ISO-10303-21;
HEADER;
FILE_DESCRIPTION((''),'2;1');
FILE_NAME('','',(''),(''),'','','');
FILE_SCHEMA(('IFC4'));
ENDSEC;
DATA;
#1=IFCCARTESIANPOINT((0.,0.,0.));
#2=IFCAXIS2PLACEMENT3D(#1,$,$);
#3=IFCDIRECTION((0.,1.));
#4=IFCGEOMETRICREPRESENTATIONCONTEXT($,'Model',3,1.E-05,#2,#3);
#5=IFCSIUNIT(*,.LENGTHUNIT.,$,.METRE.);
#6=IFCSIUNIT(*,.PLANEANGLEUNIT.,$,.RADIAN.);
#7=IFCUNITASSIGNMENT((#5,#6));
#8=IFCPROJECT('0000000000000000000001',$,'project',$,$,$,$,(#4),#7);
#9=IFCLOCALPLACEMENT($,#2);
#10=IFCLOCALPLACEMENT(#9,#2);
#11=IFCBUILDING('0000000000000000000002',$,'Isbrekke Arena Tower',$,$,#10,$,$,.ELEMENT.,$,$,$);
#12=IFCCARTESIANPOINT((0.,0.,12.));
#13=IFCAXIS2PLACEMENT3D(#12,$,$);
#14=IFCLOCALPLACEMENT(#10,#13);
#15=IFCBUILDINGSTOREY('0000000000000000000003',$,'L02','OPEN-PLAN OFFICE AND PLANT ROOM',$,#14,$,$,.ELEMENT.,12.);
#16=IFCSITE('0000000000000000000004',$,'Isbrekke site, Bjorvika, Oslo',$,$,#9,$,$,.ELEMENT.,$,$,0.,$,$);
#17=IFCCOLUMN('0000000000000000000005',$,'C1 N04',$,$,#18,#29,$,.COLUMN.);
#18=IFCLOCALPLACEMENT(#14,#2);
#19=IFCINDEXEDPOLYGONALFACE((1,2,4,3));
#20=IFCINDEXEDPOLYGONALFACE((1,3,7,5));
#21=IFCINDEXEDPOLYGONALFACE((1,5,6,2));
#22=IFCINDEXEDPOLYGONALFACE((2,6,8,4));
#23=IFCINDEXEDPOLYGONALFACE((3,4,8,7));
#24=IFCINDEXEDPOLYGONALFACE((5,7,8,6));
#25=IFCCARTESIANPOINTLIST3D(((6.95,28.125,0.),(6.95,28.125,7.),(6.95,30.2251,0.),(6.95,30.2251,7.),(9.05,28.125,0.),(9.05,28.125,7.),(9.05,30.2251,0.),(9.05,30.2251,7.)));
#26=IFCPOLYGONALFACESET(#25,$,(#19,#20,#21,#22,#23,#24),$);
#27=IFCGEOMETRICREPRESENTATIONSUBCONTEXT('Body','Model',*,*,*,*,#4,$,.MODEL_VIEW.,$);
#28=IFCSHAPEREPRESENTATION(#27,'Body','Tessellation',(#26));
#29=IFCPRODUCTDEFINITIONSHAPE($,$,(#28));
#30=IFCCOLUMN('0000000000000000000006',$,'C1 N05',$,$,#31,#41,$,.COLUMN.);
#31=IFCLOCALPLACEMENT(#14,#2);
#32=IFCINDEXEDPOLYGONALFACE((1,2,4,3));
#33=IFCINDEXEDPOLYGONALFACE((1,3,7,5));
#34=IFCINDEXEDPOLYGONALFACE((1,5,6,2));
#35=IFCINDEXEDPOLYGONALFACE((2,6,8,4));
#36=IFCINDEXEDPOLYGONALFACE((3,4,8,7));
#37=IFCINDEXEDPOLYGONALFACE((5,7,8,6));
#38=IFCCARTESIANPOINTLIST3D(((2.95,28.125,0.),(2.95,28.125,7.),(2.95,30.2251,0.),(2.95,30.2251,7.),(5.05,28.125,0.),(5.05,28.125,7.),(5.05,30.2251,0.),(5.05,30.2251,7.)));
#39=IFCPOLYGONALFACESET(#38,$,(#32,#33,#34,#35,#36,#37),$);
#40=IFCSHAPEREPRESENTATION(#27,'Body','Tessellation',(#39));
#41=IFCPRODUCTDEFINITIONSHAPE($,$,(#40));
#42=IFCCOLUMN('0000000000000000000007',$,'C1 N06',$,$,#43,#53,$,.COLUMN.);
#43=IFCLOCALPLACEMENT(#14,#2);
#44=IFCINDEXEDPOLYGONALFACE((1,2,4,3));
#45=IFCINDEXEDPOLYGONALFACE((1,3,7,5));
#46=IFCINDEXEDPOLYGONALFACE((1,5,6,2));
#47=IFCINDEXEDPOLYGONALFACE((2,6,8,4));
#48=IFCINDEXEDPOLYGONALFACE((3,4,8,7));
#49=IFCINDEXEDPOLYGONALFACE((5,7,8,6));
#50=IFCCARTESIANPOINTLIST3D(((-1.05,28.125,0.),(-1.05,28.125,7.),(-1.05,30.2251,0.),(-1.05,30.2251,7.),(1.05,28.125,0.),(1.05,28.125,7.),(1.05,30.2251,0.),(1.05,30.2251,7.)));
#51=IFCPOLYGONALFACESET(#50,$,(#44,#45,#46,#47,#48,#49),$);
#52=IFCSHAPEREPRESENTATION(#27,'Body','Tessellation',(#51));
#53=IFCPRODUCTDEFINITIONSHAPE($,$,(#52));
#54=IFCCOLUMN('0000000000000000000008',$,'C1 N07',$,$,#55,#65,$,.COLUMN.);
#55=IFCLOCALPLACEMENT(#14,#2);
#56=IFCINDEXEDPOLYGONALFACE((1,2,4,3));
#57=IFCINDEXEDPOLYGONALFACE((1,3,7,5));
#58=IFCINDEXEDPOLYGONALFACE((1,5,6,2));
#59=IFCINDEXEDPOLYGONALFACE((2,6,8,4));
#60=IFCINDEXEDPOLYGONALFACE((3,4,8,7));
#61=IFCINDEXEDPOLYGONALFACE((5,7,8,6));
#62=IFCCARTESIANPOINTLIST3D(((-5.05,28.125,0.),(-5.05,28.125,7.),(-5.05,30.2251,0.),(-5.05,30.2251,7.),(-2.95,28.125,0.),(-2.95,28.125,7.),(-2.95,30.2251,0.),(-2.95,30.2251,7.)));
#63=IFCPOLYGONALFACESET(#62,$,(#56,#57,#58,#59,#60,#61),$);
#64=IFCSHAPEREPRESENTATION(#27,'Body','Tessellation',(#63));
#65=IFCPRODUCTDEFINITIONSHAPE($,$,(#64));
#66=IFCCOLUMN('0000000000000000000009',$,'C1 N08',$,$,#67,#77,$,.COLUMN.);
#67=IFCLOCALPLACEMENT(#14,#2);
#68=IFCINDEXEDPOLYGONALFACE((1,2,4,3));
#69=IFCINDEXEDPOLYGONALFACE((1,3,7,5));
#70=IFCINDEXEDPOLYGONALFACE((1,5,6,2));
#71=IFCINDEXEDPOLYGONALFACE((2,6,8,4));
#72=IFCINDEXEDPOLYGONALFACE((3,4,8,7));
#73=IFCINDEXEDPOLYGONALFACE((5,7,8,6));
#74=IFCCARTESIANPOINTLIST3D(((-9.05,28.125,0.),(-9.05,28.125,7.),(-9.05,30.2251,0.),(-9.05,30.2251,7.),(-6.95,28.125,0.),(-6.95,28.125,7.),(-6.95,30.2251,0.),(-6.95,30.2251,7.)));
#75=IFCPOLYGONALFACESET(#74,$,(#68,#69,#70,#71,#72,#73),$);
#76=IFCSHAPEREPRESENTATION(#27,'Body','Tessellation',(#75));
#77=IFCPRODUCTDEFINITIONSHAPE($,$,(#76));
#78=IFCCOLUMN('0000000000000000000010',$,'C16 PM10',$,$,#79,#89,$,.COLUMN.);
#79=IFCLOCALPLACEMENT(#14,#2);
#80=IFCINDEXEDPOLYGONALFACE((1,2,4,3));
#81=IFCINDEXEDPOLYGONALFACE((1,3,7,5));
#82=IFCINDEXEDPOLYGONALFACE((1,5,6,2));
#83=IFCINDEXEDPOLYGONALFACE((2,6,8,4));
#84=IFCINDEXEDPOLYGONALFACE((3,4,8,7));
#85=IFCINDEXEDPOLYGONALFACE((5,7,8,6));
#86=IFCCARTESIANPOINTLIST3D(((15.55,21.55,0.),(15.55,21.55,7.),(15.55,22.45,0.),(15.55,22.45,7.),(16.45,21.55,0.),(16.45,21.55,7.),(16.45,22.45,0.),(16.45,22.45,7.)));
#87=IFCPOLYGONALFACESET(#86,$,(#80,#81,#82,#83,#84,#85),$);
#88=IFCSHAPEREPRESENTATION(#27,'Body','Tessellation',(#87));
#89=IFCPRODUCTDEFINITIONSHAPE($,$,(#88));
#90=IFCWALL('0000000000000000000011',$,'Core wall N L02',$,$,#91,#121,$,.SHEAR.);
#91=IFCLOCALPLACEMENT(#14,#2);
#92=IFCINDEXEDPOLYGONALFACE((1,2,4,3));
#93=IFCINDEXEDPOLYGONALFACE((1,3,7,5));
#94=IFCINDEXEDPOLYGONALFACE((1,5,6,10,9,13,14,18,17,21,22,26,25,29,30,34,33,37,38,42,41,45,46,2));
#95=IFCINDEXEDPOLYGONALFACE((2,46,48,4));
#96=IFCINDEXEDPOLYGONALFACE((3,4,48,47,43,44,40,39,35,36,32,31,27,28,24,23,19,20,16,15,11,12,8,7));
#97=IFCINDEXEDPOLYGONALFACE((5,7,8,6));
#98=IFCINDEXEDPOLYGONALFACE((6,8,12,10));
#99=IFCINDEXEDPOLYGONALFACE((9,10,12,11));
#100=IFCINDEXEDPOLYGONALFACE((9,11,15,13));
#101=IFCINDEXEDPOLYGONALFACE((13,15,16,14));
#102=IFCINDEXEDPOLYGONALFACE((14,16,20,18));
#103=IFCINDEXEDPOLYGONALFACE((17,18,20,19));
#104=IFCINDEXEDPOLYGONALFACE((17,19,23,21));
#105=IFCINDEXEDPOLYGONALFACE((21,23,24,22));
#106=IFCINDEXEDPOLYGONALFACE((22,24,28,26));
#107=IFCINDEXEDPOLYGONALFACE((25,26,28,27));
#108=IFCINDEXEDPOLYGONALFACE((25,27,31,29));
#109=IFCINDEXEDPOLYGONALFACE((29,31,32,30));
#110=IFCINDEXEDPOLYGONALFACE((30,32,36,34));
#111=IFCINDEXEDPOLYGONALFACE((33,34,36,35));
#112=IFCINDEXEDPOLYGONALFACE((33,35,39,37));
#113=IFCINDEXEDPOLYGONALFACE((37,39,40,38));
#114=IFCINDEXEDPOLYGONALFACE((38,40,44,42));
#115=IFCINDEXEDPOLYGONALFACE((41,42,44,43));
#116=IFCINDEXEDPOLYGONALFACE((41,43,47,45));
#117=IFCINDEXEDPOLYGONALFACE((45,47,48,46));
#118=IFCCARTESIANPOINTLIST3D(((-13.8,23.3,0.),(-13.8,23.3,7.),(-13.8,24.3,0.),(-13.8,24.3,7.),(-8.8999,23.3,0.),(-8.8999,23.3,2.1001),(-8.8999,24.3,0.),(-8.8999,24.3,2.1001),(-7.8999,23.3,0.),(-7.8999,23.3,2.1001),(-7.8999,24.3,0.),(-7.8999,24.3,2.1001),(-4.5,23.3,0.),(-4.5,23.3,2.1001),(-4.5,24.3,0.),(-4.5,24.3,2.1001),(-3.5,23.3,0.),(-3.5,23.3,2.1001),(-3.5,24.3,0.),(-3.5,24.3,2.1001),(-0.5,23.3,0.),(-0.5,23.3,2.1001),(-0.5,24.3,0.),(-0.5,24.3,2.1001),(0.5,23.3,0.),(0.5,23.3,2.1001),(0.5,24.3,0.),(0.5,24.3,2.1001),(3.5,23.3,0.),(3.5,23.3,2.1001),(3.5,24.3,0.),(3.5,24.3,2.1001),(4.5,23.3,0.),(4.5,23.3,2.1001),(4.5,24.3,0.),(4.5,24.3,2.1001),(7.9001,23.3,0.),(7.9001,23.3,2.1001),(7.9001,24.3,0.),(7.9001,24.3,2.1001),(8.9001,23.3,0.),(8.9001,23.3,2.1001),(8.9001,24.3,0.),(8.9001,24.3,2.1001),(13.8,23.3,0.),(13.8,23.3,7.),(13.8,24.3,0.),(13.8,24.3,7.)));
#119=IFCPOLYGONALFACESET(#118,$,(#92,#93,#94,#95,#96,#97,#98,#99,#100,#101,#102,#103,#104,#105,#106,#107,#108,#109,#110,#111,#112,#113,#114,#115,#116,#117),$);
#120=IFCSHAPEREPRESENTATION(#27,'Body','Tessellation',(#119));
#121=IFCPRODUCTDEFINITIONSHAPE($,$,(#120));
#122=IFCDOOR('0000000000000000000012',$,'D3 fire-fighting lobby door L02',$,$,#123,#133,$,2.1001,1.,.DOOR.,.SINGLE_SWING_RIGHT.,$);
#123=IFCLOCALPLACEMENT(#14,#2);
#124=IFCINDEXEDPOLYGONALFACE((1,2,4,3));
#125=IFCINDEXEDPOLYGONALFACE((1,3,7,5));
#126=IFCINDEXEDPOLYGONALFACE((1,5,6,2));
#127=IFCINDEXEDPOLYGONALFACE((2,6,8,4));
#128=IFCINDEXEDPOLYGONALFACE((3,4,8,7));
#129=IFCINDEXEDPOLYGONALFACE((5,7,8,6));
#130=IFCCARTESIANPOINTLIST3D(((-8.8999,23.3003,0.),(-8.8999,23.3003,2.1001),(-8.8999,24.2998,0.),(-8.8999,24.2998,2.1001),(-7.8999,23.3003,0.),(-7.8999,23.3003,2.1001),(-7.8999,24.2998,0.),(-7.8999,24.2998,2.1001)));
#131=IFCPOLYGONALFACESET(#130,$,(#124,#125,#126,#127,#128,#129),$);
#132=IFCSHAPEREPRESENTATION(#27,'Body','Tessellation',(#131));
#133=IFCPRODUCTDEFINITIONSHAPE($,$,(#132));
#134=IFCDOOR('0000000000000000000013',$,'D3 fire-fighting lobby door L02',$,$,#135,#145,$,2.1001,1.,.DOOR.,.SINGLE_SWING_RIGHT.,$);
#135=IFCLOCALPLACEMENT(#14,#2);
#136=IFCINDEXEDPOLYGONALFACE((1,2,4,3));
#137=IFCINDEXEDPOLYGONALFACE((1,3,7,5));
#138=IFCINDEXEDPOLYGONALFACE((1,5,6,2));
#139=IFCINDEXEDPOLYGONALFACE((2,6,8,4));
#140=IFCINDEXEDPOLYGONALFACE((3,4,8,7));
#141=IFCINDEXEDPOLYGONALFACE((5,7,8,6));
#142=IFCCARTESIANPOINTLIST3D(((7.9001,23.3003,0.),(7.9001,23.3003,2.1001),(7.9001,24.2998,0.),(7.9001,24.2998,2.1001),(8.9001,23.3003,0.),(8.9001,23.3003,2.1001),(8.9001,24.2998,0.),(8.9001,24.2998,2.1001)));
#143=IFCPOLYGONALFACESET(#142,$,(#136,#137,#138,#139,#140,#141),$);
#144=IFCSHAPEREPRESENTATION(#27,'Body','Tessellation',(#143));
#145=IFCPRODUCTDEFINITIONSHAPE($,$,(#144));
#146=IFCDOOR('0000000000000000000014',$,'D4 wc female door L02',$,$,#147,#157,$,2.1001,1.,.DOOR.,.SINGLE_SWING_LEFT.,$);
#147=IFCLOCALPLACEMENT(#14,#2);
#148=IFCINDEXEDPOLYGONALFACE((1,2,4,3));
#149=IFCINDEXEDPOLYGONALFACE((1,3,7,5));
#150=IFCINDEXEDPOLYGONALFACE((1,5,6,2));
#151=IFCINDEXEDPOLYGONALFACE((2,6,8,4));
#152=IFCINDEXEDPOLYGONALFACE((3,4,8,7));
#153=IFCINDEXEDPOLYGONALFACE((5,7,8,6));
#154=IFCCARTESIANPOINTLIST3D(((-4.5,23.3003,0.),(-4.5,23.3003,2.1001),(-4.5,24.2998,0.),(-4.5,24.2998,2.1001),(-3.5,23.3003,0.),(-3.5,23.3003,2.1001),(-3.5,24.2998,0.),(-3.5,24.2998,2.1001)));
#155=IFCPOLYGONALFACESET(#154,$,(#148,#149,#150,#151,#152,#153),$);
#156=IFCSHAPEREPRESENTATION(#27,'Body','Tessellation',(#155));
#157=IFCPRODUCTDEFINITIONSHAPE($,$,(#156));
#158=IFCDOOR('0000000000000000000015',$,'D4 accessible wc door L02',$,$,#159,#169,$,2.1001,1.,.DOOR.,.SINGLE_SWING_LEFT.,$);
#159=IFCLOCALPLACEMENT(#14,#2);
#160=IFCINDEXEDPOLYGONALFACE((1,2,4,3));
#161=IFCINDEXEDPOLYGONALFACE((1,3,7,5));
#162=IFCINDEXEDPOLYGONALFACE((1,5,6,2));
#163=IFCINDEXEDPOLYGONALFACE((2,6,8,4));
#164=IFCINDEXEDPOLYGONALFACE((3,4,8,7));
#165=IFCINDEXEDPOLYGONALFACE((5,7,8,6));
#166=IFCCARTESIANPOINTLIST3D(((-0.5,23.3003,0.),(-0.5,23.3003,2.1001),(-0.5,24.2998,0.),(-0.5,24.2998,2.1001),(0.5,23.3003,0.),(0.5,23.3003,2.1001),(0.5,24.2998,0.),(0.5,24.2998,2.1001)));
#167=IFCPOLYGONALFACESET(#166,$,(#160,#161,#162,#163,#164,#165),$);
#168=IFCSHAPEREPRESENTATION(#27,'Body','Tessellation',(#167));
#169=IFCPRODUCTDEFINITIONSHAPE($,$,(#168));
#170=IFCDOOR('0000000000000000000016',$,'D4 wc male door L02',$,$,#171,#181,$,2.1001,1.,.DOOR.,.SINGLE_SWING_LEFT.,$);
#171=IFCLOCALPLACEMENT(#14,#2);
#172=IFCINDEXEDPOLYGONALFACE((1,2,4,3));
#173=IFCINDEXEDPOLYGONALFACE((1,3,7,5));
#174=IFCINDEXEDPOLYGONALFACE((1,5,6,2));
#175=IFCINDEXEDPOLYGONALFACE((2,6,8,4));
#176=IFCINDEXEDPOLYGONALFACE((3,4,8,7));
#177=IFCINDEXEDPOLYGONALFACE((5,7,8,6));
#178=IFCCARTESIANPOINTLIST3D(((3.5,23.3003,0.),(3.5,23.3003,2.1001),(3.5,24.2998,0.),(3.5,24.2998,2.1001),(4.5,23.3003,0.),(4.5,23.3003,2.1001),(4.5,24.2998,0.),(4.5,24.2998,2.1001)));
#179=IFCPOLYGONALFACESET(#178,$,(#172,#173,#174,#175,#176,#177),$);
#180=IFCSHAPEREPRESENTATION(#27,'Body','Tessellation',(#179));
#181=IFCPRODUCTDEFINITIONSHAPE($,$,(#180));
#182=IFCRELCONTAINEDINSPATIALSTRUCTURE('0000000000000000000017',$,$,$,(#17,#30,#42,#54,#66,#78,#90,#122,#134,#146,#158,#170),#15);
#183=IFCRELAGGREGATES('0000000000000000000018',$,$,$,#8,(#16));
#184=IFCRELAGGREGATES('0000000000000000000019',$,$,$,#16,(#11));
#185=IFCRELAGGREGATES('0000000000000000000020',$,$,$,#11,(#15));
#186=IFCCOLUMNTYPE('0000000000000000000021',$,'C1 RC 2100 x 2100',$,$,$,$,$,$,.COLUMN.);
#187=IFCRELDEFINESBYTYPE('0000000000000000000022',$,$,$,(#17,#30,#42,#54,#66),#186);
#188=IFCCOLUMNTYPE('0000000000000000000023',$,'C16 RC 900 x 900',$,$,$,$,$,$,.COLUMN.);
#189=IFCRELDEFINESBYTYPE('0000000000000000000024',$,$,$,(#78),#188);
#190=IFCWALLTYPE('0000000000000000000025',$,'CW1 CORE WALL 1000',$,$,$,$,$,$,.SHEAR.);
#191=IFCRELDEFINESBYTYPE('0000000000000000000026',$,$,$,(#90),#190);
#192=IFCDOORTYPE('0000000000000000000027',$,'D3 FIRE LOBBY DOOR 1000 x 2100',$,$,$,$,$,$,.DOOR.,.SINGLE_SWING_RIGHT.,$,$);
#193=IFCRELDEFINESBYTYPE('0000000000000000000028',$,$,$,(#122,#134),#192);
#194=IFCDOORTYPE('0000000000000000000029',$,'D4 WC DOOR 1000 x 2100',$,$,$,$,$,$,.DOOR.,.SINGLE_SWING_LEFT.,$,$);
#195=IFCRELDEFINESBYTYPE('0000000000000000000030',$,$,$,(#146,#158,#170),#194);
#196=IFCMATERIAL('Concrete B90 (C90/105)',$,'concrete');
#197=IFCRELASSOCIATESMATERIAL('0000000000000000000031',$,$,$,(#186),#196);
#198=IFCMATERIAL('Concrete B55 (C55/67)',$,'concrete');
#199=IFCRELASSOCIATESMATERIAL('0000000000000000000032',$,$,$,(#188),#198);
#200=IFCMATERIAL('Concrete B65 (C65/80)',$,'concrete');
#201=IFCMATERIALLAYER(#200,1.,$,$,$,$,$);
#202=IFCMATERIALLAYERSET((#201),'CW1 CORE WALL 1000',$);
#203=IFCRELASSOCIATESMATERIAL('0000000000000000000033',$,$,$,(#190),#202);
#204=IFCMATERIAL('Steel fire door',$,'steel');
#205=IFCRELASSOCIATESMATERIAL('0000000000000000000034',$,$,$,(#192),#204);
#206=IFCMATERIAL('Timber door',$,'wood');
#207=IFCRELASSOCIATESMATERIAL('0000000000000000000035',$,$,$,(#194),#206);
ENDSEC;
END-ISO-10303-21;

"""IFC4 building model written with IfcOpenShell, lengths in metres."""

from ifc_helpers import new_model, si_unit, direction, frame, frame_2d, origin, origin_2d, place, context, subcontext, project, spatial, rectangle, extrude, material, layer, layer_set, material_profile, profile_set, type_object, element, fill, save


model = new_model("IFC4")

# Units and contexts
model_context = context("Model", 3, precision=1e-05, world=origin(), true_north=direction((0.0, 1.0)))
body_context = subcontext(model_context, "Body", "Model", "MODEL_VIEW")
ifc_project = project(units=[si_unit("LENGTHUNIT", "METRE"), si_unit("PLANEANGLEUNIT", "RADIAN")], contexts=[model_context])

# Site, building, storey
site_placement = place(None, origin())
site = spatial("IfcSite", under=ifc_project, at=site_placement, Name="Isbrekke site, Bjorvika, Oslo", CompositionType="ELEMENT", RefElevation=0.0)
building_placement = place(site_placement, origin())
building = spatial("IfcBuilding", under=site, at=building_placement, Name="Isbrekke Arena Tower", CompositionType="ELEMENT")
storey_placement = place(building_placement, frame((0.0, 0.0, 12.0)))
storey = spatial("IfcBuildingStorey", under=building, at=storey_placement, Name="L02", Description="OPEN-PLAN OFFICE AND PLANT ROOM", CompositionType="ELEMENT", Elevation=12.0)

# Columns
ifc_material_1 = material(Name="Concrete B90 (C90/105)", Category="concrete")
ifc_material_profile_1 = material_profile(ifc_material_1, rectangle(XDim=2.1001, YDim=2.1001, at=origin_2d()), Name="RC 2100x2100")
ifc_profile_set_1 = profile_set([ifc_material_profile_1], Name="Concrete B90 (C90/105)")
column_type_1 = type_object("IfcColumnType", Name="C1 RC 2100 x 2100", PredefinedType="COLUMN", material=ifc_profile_set_1)
for number, where, z_axis, x_axis, name in (
    (1, (8.0, 29.175, 0.0), (0.0, 0.0, 1.0), (-1.0, 0.0, 0.0), "C1 N04"),
    (2, (4.0, 29.175, 0.0), (0.0, 0.0, 1.0), (-1.0, 0.0, 0.0), "C1 N05"),
    (3, (0.0, 29.175, 0.0), (0.0, 0.0, 1.0), (-1.0, 0.0, 0.0), "C1 N06"),
    (4, (-4.0, 29.175, 0.0), (0.0, 0.0, 1.0), (-1.0, 0.0, 0.0), "C1 N07"),
    (5, (-8.0, 29.175, 0.0), (0.0, 0.0, 1.0), (-1.0, 0.0, 0.0), "C1 N08"),
):
    element("IfcColumn", number, at=place(storey_placement, frame(where, z_axis=z_axis, x_axis=x_axis)), inside=storey, type_object=column_type_1, Name=name, PredefinedType="COLUMN", context=body_context, shape_type="SweptSolid", body=[
        extrude(rectangle(XDim=2.1001, YDim=2.1001, at=origin_2d()), origin(), (0.0, 0.0, 1.0), 7.0),
    ])
ifc_material_2 = material(Name="Concrete B55 (C55/67)", Category="concrete")
ifc_material_profile_2 = material_profile(ifc_material_2, rectangle(XDim=0.8999, YDim=0.8999, at=origin_2d()), Name="RC 900x900")
ifc_profile_set_2 = profile_set([ifc_material_profile_2], Name="Concrete B55 (C55/67)")
column_type_2 = type_object("IfcColumnType", Name="C16 RC 900 x 900", PredefinedType="COLUMN", material=ifc_profile_set_2)
column_placement = place(storey_placement, frame((16.0, 22.0, 0.0), z_axis=(0.0, 0.0, 1.0), x_axis=(1.0, 0.0, 0.0)))
element("IfcColumn", 6, at=column_placement, inside=storey, type_object=column_type_2, Name="C16 PM10", PredefinedType="COLUMN", context=body_context, shape_type="SweptSolid", body=[
    extrude(rectangle(XDim=0.8999, YDim=0.8999, at=origin_2d()), origin(), (0.0, 0.0, 1.0), 7.0),
])

# Wall, openings, doors
ifc_material_3 = material(Name="Concrete B65 (C65/80)", Category="concrete")
ifc_layer_1 = layer(ifc_material_3, 1.0)
ifc_layer_set_1 = layer_set([ifc_layer_1], Name="CW1 CORE WALL 1000")
wall_type_1 = type_object("IfcWallType", Name="CW1 CORE WALL 1000", PredefinedType="SHEAR", material=ifc_layer_set_1)
wall_1_placement = place(storey_placement, frame((13.8, 23.8, 0.0), z_axis=(0.0, 0.0, 1.0), x_axis=(-1.0, 0.0, 0.0)))
wall_1 = element("IfcWall", 7, at=wall_1_placement, inside=storey, type_object=wall_type_1, Name="Core wall N L02", PredefinedType="SHEAR", context=body_context, shape_type="SweptSolid", body=[
    extrude(rectangle(XDim=27.6001, YDim=1.0, at=frame_2d((13.8, 0.0))), origin(), (0.0, 0.0, 1.0), 7.0),
])
opening_1_placement = place(wall_1_placement, frame((21.7, 0.0, 0.0)))
opening_1 = element("IfcOpeningElement", 8, at=opening_1_placement, cuts=wall_1, PredefinedType="OPENING", context=body_context, shape_type="SweptSolid", body=[
    extrude(rectangle(XDim=1.0, YDim=2.1001, at=frame_2d((0.5, 1.05))), frame((0.0, 0.5149, 0.0), z_axis=(0.0, -1.0, 0.0), x_axis=(1.0, 0.0, 0.0)), (0.0, 0.0, 1.0), 1.0298),
])
opening_2_placement = place(wall_1_placement, frame((4.8999, 0.0, 0.0)))
opening_2 = element("IfcOpeningElement", 9, at=opening_2_placement, cuts=wall_1, PredefinedType="OPENING", context=body_context, shape_type="SweptSolid", body=[
    extrude(rectangle(XDim=1.0, YDim=2.1001, at=frame_2d((0.5, 1.05))), frame((0.0, 0.5149, 0.0), z_axis=(0.0, -1.0, 0.0), x_axis=(1.0, 0.0, 0.0)), (0.0, 0.0, 1.0), 1.0298),
])
opening_3_placement = place(wall_1_placement, frame((17.3, 0.0, 0.0)))
opening_3 = element("IfcOpeningElement", 10, at=opening_3_placement, cuts=wall_1, PredefinedType="OPENING", context=body_context, shape_type="SweptSolid", body=[
    extrude(rectangle(XDim=1.0, YDim=2.1001, at=frame_2d((0.5, 1.05))), frame((0.0, 0.5149, 0.0), z_axis=(0.0, -1.0, 0.0), x_axis=(1.0, 0.0, 0.0)), (0.0, 0.0, 1.0), 1.0298),
])
opening_4_placement = place(wall_1_placement, frame((13.3, 0.0, 0.0)))
opening_4 = element("IfcOpeningElement", 11, at=opening_4_placement, cuts=wall_1, PredefinedType="OPENING", context=body_context, shape_type="SweptSolid", body=[
    extrude(rectangle(XDim=1.0, YDim=2.1001, at=frame_2d((0.5, 1.05))), frame((0.0, 0.5149, 0.0), z_axis=(0.0, -1.0, 0.0), x_axis=(1.0, 0.0, 0.0)), (0.0, 0.0, 1.0), 1.0298),
])
opening_5_placement = place(wall_1_placement, frame((9.3, 0.0, 0.0)))
opening_5 = element("IfcOpeningElement", 12, at=opening_5_placement, cuts=wall_1, PredefinedType="OPENING", context=body_context, shape_type="SweptSolid", body=[
    extrude(rectangle(XDim=1.0, YDim=2.1001, at=frame_2d((0.5, 1.05))), frame((0.0, 0.5149, 0.0), z_axis=(0.0, -1.0, 0.0), x_axis=(1.0, 0.0, 0.0)), (0.0, 0.0, 1.0), 1.0298),
])
ifc_material_4 = material(Name="Steel fire door", Category="steel")
door_type_1 = type_object("IfcDoorType", Name="D3 FIRE LOBBY DOOR 1000 x 2100", OperationType="SINGLE_SWING_RIGHT", PredefinedType="DOOR", material=ifc_material_4)
door_1_placement = place(opening_1_placement, origin())
door_1 = element("IfcDoor", 13, at=door_1_placement, inside=storey, type_object=door_type_1, Name="D3 fire-fighting lobby door L02", OperationType="SINGLE_SWING_RIGHT", OverallHeight=2.1001, OverallWidth=1.0, PredefinedType="DOOR", context=body_context, shape_type="SweptSolid", body=[
    extrude(rectangle(XDim=1.0, YDim=2.1001, at=frame_2d((0.5, 1.05))), frame((0.0, 0.4998, 0.0), z_axis=(0.0, -1.0, 0.0), x_axis=(1.0, 0.0, 0.0)), (0.0, 0.0, 1.0), 0.9995),
])
fill(opening_1, door_1)
door_2_placement = place(opening_2_placement, origin())
door_2 = element("IfcDoor", 14, at=door_2_placement, inside=storey, type_object=door_type_1, Name="D3 fire-fighting lobby door L02", OperationType="SINGLE_SWING_RIGHT", OverallHeight=2.1001, OverallWidth=1.0, PredefinedType="DOOR", context=body_context, shape_type="SweptSolid", body=[
    extrude(rectangle(XDim=1.0, YDim=2.1001, at=frame_2d((0.5, 1.05))), frame((0.0, 0.4998, 0.0), z_axis=(0.0, -1.0, 0.0), x_axis=(1.0, 0.0, 0.0)), (0.0, 0.0, 1.0), 0.9995),
])
fill(opening_2, door_2)
ifc_material_5 = material(Name="Timber door", Category="wood")
door_type_2 = type_object("IfcDoorType", Name="D4 WC DOOR 1000 x 2100", OperationType="SINGLE_SWING_LEFT", PredefinedType="DOOR", material=ifc_material_5)
door_3_placement = place(opening_3_placement, origin())
door_3 = element("IfcDoor", 15, at=door_3_placement, inside=storey, type_object=door_type_2, Name="D4 wc female door L02", OperationType="SINGLE_SWING_LEFT", OverallHeight=2.1001, OverallWidth=1.0, PredefinedType="DOOR", context=body_context, shape_type="SweptSolid", body=[
    extrude(rectangle(XDim=1.0, YDim=2.1001, at=frame_2d((0.5, 1.05))), frame((0.0, 0.4998, 0.0), z_axis=(0.0, -1.0, 0.0), x_axis=(1.0, 0.0, 0.0)), (0.0, 0.0, 1.0), 0.9995),
])
fill(opening_3, door_3)
door_4_placement = place(opening_4_placement, origin())
door_4 = element("IfcDoor", 16, at=door_4_placement, inside=storey, type_object=door_type_2, Name="D4 accessible wc door L02", OperationType="SINGLE_SWING_LEFT", OverallHeight=2.1001, OverallWidth=1.0, PredefinedType="DOOR", context=body_context, shape_type="SweptSolid", body=[
    extrude(rectangle(XDim=1.0, YDim=2.1001, at=frame_2d((0.5, 1.05))), frame((0.0, 0.4998, 0.0), z_axis=(0.0, -1.0, 0.0), x_axis=(1.0, 0.0, 0.0)), (0.0, 0.0, 1.0), 0.9995),
])
fill(opening_4, door_4)
door_5_placement = place(opening_5_placement, origin())
door_5 = element("IfcDoor", 17, at=door_5_placement, inside=storey, type_object=door_type_2, Name="D4 wc male door L02", OperationType="SINGLE_SWING_LEFT", OverallHeight=2.1001, OverallWidth=1.0, PredefinedType="DOOR", context=body_context, shape_type="SweptSolid", body=[
    extrude(rectangle(XDim=1.0, YDim=2.1001, at=frame_2d((0.5, 1.05))), frame((0.0, 0.4998, 0.0), z_axis=(0.0, -1.0, 0.0), x_axis=(1.0, 0.0, 0.0)), (0.0, 0.0, 1.0), 0.9995),
])
fill(opening_5, door_5)

save(model, "model.ifc")
